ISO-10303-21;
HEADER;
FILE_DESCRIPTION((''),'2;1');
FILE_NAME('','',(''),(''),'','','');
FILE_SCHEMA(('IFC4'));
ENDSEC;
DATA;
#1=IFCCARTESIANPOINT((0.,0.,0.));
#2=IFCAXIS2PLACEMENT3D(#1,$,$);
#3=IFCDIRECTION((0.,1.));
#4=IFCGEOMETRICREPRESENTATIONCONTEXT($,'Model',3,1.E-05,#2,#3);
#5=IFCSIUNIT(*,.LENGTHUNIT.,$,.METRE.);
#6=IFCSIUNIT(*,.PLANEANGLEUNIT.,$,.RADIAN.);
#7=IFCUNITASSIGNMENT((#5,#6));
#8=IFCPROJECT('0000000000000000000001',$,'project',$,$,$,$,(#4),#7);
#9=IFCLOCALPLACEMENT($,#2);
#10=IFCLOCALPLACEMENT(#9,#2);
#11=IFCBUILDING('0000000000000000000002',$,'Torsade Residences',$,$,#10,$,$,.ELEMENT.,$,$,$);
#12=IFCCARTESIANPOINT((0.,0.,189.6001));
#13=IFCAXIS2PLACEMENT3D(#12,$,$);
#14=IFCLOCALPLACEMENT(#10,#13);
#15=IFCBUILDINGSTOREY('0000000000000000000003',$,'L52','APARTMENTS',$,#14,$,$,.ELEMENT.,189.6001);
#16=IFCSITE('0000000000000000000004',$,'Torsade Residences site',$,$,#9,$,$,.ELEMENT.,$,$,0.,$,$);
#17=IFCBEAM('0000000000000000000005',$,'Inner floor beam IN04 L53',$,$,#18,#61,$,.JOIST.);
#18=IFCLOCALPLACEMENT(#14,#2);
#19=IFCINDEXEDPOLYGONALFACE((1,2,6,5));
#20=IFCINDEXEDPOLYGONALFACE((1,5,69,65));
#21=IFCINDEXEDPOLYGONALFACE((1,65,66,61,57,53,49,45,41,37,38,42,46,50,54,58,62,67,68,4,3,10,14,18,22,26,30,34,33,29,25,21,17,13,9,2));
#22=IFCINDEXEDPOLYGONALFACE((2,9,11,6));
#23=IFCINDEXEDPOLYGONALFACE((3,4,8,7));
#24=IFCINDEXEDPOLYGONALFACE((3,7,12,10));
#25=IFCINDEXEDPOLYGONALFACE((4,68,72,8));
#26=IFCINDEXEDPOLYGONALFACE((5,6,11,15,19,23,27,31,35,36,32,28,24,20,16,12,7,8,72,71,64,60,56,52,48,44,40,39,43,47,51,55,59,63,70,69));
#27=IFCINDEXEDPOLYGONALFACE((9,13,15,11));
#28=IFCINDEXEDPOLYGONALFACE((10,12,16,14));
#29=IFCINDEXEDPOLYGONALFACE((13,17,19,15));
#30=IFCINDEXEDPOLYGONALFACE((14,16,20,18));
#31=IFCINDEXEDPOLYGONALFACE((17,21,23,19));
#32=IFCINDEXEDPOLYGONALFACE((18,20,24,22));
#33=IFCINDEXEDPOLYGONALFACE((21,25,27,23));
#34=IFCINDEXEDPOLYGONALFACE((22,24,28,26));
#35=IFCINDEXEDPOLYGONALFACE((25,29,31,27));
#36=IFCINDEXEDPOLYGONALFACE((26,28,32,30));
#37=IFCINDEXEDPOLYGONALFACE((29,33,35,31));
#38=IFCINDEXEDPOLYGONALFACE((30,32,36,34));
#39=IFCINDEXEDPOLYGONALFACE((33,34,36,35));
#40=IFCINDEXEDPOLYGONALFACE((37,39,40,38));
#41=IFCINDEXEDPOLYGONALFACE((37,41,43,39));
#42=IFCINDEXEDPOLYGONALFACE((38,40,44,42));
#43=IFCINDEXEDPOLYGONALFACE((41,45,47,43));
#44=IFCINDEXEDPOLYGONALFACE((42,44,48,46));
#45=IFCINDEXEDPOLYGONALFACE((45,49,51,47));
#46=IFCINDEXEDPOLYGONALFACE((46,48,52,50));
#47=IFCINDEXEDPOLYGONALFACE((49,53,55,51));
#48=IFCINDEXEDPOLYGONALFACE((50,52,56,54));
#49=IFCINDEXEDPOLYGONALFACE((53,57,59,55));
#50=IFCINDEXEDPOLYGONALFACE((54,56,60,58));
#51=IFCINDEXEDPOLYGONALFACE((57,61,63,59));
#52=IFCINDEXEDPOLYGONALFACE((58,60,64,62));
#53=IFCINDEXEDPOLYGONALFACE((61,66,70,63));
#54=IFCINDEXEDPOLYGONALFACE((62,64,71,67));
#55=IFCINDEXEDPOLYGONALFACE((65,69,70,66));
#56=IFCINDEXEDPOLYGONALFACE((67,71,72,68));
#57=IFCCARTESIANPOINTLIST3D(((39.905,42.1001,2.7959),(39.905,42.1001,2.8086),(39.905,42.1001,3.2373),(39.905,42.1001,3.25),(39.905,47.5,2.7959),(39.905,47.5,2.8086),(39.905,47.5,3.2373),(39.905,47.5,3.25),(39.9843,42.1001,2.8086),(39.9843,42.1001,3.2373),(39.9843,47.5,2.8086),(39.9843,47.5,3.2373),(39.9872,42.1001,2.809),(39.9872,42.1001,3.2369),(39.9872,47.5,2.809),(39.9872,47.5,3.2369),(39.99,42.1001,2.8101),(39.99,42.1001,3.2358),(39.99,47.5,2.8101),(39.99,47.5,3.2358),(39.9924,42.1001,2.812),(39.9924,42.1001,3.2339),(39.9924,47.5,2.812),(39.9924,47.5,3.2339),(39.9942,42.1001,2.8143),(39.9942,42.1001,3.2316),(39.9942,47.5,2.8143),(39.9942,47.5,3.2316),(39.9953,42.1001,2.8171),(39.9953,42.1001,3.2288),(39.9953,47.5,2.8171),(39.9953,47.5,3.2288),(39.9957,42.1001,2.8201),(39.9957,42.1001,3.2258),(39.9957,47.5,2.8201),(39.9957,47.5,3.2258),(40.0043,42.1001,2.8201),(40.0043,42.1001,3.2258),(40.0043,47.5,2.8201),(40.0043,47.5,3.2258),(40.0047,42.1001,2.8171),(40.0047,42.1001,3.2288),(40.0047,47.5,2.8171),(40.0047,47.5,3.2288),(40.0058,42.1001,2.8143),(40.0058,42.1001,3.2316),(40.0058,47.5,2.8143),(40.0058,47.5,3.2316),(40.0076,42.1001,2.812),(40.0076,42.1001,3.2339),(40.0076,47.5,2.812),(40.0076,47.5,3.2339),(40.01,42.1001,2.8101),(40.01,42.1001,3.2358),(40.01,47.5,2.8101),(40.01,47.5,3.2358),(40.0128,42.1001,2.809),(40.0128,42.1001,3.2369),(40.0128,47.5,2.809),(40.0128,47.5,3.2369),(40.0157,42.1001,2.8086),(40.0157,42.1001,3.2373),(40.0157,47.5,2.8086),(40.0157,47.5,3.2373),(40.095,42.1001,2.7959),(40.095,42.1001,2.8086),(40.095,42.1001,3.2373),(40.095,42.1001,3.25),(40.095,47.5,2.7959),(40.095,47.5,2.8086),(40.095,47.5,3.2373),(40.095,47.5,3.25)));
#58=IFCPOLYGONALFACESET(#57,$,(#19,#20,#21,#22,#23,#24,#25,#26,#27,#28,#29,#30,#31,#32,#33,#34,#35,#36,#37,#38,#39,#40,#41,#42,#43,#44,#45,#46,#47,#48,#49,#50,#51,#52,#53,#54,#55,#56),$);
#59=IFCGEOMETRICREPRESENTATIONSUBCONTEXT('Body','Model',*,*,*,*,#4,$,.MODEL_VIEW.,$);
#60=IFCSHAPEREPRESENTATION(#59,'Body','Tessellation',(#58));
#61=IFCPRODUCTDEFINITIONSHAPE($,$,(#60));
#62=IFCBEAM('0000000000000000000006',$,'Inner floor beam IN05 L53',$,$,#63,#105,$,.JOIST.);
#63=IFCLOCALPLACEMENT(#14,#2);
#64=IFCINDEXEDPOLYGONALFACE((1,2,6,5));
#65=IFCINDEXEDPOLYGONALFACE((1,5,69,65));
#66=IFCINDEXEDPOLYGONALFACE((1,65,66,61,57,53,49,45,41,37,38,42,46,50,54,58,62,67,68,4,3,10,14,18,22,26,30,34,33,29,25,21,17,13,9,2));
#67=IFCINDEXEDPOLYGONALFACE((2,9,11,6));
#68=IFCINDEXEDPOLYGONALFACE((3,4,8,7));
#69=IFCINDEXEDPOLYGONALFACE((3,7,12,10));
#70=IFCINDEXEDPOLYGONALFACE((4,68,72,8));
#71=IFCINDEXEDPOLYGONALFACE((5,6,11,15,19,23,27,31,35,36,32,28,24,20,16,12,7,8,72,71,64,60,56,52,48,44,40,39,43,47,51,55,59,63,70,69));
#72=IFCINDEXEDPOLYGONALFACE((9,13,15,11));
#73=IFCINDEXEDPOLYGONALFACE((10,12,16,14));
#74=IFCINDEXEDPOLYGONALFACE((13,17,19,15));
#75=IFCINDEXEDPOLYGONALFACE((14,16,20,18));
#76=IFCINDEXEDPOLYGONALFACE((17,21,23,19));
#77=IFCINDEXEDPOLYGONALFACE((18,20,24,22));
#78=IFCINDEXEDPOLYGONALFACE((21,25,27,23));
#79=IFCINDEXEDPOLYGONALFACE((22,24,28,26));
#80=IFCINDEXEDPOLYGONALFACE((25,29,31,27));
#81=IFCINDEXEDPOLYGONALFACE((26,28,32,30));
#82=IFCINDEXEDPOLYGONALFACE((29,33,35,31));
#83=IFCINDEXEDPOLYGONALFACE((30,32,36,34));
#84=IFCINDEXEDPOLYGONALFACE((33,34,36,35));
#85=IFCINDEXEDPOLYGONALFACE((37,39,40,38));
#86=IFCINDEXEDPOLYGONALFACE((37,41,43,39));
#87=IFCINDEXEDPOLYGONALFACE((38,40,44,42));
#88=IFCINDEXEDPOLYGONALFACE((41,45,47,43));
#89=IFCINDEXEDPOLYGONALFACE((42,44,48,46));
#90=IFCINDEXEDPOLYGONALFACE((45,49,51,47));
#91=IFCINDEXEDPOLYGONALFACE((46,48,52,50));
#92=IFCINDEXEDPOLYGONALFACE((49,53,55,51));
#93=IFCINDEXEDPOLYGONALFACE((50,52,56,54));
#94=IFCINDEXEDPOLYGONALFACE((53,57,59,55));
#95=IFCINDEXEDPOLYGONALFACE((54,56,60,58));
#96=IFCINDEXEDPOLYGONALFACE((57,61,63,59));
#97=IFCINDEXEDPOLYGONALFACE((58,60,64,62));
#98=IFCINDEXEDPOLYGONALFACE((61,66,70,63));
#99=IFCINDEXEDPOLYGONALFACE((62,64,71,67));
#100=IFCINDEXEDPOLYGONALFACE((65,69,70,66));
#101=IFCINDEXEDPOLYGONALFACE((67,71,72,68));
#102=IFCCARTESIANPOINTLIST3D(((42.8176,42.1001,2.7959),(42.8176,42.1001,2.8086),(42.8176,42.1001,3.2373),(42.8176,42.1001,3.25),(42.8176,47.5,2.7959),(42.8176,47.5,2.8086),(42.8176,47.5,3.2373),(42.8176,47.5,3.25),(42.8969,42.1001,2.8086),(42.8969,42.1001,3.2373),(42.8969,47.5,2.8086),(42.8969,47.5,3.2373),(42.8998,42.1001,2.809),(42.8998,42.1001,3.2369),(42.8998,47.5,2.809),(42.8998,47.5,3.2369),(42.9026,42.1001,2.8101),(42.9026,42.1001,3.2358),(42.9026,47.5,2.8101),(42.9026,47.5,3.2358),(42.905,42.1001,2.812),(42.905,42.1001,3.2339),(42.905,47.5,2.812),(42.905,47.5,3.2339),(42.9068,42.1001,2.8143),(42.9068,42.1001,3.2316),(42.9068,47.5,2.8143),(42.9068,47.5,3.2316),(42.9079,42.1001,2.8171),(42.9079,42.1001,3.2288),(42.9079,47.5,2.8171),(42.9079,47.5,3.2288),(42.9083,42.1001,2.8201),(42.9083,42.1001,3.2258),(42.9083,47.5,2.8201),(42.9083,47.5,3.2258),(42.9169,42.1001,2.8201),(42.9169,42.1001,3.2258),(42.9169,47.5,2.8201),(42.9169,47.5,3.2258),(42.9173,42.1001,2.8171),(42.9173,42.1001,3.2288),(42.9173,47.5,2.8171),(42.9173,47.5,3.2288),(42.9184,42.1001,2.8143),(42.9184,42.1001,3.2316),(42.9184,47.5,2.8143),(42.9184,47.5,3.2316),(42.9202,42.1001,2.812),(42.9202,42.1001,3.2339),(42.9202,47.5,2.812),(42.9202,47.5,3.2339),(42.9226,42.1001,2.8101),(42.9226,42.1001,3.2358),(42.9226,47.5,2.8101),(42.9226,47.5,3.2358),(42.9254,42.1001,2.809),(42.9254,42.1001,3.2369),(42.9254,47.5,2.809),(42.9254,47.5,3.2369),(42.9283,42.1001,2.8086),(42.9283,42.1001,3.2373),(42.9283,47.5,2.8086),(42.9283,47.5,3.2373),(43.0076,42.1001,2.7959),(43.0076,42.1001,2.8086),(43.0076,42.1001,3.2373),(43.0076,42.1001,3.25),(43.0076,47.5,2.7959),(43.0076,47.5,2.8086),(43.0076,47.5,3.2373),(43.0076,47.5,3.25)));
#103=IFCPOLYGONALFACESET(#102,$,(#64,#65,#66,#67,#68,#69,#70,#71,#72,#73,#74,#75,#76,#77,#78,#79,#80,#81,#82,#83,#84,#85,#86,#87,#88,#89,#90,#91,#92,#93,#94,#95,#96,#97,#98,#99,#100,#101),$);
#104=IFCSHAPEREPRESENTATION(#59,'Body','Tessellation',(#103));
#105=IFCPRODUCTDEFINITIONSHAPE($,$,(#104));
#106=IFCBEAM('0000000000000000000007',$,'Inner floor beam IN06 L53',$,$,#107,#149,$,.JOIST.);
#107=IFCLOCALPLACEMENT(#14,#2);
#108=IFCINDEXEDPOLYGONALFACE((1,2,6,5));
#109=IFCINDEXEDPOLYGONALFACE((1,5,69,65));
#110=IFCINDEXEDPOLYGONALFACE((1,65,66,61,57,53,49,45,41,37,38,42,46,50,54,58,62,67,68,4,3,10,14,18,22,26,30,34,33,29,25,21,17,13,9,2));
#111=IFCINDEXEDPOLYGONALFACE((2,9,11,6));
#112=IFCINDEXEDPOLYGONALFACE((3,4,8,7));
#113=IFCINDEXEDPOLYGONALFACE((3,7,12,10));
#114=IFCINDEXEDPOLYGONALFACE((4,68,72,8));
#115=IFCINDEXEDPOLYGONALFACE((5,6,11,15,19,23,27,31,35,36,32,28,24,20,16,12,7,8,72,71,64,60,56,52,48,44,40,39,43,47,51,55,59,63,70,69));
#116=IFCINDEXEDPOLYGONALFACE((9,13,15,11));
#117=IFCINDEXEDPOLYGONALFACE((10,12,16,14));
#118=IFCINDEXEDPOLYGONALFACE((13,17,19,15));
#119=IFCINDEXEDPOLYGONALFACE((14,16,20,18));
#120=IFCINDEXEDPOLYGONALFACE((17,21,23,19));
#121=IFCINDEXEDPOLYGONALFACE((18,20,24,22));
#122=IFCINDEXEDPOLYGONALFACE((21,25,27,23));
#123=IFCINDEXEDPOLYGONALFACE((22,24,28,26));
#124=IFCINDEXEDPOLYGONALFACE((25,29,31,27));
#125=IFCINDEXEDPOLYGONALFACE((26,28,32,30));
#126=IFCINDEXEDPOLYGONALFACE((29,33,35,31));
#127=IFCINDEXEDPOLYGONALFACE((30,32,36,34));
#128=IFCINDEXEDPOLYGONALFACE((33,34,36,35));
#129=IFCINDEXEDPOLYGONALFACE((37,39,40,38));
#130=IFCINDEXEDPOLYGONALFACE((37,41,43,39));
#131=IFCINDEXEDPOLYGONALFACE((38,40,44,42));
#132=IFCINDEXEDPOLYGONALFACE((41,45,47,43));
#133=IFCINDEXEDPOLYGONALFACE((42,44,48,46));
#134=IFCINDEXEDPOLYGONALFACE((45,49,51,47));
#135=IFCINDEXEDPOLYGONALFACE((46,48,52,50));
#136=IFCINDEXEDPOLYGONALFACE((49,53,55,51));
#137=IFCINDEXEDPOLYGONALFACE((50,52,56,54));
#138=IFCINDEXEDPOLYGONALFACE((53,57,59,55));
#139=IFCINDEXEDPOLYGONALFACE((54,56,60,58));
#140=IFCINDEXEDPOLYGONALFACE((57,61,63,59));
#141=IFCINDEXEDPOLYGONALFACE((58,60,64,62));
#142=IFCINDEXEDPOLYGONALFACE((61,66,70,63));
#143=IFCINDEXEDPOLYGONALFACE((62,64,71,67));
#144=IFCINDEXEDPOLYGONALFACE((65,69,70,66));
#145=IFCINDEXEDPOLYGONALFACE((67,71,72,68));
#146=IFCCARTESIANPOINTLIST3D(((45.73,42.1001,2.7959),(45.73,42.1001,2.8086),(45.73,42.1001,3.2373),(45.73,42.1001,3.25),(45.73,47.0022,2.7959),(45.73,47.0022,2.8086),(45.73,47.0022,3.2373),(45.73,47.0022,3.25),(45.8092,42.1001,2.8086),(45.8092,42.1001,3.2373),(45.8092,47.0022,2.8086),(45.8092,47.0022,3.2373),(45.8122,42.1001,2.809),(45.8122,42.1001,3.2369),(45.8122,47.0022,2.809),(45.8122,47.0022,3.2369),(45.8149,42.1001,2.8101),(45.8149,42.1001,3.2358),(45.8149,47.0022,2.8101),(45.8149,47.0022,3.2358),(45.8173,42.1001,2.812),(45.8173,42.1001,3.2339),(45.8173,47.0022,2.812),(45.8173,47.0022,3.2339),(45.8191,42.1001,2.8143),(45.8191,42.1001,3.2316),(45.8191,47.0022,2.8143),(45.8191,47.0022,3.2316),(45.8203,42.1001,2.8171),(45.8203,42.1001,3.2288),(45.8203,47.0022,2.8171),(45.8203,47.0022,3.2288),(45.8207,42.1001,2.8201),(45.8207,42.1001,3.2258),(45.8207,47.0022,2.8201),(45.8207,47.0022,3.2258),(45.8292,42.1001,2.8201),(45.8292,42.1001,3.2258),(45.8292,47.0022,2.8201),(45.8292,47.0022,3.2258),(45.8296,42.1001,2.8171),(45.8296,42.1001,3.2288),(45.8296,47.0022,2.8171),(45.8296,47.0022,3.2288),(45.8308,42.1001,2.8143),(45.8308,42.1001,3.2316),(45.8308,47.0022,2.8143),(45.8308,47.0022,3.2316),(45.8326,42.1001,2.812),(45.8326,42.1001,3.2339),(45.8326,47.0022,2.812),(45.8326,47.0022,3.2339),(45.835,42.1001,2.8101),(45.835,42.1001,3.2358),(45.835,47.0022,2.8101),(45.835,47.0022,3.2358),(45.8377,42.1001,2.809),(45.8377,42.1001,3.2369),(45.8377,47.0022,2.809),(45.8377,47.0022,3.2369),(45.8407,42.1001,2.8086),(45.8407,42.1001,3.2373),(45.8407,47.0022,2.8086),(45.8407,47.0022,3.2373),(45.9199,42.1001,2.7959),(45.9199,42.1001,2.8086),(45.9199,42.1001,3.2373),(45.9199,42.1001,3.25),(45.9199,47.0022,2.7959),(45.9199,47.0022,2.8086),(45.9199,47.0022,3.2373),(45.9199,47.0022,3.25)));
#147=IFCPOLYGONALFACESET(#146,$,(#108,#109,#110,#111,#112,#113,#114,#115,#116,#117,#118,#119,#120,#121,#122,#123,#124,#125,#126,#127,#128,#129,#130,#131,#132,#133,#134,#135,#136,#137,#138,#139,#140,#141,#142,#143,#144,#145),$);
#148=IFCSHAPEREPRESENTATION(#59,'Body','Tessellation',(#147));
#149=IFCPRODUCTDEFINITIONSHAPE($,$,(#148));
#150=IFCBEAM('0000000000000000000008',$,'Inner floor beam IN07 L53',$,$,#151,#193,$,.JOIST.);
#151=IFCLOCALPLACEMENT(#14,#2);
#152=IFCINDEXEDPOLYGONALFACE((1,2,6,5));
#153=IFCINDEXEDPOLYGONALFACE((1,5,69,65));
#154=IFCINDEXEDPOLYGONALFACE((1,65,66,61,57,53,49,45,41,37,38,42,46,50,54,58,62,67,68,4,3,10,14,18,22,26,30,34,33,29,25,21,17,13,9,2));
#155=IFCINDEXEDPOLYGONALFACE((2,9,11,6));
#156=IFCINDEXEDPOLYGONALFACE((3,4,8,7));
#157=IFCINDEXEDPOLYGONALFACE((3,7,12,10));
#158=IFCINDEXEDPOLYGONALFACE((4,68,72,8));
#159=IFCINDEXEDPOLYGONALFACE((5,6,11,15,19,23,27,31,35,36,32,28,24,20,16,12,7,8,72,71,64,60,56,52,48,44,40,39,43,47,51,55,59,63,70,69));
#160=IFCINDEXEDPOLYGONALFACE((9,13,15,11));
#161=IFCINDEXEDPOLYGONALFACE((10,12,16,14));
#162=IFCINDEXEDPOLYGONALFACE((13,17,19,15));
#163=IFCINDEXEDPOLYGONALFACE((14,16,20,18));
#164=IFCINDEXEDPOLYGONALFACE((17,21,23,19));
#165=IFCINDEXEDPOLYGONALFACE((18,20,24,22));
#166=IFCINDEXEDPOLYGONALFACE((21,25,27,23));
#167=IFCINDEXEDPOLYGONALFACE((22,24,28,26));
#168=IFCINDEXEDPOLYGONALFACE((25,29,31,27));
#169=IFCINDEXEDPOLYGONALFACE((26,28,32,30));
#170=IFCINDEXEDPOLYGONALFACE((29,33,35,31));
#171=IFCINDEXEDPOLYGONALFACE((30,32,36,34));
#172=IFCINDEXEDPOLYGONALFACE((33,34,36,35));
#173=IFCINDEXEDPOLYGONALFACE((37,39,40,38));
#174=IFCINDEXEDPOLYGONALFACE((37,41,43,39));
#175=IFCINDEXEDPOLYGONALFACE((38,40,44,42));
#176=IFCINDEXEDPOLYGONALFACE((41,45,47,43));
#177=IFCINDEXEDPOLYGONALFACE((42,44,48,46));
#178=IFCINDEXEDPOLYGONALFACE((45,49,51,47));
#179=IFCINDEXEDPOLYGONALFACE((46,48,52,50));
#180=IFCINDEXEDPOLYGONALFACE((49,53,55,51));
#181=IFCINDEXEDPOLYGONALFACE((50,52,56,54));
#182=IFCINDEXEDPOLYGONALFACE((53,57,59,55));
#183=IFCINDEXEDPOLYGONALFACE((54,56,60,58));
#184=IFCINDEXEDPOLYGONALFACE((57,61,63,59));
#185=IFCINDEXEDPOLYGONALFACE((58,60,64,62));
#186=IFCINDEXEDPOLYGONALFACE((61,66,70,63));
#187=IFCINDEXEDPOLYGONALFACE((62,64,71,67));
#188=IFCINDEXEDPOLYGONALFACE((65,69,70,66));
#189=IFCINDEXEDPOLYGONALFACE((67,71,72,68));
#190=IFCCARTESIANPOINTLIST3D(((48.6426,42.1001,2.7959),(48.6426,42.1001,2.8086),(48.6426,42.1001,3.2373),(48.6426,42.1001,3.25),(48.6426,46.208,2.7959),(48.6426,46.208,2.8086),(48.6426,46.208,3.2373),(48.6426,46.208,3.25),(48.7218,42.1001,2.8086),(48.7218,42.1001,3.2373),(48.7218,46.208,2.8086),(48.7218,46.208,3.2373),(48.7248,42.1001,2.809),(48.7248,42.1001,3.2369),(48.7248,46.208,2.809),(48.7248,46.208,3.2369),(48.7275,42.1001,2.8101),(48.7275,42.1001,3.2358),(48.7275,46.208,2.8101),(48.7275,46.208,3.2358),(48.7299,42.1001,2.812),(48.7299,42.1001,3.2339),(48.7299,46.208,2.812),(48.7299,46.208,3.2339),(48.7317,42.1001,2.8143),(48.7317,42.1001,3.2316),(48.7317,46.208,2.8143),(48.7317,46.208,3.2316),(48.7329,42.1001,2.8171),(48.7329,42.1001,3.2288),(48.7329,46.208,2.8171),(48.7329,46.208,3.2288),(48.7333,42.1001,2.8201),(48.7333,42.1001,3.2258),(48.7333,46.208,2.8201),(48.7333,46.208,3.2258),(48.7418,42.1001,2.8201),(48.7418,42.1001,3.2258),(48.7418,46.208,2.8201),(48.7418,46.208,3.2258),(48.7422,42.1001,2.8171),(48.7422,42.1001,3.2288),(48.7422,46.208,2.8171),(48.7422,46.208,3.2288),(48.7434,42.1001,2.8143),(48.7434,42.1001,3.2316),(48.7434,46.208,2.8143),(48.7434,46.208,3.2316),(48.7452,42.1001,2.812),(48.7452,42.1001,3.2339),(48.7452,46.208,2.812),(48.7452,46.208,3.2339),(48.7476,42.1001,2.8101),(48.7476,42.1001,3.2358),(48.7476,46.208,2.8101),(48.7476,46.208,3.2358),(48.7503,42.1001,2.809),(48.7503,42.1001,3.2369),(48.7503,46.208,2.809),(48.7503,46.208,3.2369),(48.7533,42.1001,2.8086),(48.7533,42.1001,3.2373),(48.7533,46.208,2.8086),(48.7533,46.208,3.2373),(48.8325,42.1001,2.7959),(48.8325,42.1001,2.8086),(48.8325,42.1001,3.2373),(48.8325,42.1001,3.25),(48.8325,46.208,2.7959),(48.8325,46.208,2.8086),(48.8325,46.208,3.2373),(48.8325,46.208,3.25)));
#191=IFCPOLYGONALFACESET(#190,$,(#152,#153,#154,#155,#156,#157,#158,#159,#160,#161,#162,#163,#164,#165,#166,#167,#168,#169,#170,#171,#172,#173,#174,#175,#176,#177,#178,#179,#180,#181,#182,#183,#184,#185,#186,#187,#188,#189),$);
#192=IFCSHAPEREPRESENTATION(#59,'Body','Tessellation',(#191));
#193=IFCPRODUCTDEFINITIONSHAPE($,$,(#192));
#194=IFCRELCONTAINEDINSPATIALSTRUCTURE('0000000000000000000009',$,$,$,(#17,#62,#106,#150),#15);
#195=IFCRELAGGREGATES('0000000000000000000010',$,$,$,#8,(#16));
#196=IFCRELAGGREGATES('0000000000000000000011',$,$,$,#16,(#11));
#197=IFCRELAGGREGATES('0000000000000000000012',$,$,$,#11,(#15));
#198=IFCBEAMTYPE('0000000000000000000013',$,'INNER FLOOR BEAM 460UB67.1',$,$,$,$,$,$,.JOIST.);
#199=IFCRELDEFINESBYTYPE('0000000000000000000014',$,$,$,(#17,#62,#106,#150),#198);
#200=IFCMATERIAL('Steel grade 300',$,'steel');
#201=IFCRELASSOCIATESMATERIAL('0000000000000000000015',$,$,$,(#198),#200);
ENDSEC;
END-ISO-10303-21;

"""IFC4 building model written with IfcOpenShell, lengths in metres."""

from ifc_helpers import new_model, si_unit, direction, frame, origin, origin_2d, place, context, subcontext, project, spatial, i_section, extrude, material, material_profile, profile_set, type_object, element, save


model = new_model("IFC4")

# Units and contexts
model_context = context("Model", 3, precision=1e-05, world=origin(), true_north=direction((0.0, 1.0)))
body_context = subcontext(model_context, "Body", "Model", "MODEL_VIEW")
ifc_project = project(units=[si_unit("LENGTHUNIT", "METRE"), si_unit("PLANEANGLEUNIT", "RADIAN")], contexts=[model_context])

# Site, building, storey
site_placement = place(None, origin())
site = spatial("IfcSite", under=ifc_project, at=site_placement, Name="Torsade Residences site", CompositionType="ELEMENT", RefElevation=0.0)
building_placement = place(site_placement, origin())
building = spatial("IfcBuilding", under=site, at=building_placement, Name="Torsade Residences", CompositionType="ELEMENT")
storey_placement = place(building_placement, frame((0.0, 0.0, 189.6001)))
storey = spatial("IfcBuildingStorey", under=building, at=storey_placement, Name="L52", Description="APARTMENTS", CompositionType="ELEMENT", Elevation=189.6001)

# Beams
ifc_material_1 = material(Name="Steel grade 300", Category="steel")
ifc_material_profile = material_profile(ifc_material_1, i_section(OverallWidth=0.1899, OverallDepth=0.4541, WebThickness=0.0085, FlangeThickness=0.0127, FilletRadius=0.0115, at=origin_2d()), Name="460UB67.1")
ifc_profile_set = profile_set([ifc_material_profile], Name="Steel grade 300")
beam_type = type_object("IfcBeamType", Name="INNER FLOOR BEAM 460UB67.1", PredefinedType="JOIST", material=ifc_profile_set)
for number, where, z_axis, x_axis, name in (
    (1, (40.0, 42.1001, 3.0229), (0.0, 1.0, 0.0), (-1.0, 0.0, 0.0), "Inner floor beam IN04 L53"),
    (2, (42.9126, 42.1001, 3.0229), (0.0, 1.0, 0.0), (-1.0, 0.0, 0.0), "Inner floor beam IN05 L53"),
):
    element("IfcBeam", number, at=place(storey_placement, frame(where, z_axis=z_axis, x_axis=x_axis)), inside=storey, type_object=beam_type, Name=name, PredefinedType="JOIST", context=body_context, shape_type="SweptSolid", body=[
        extrude(i_section(OverallWidth=0.1899, OverallDepth=0.4541, WebThickness=0.0085, FlangeThickness=0.0127, FilletRadius=0.0115, at=origin_2d()), origin(), (0.0, 0.0, 1.0), 5.3999),
    ])
beam_1_placement = place(storey_placement, frame((45.825, 42.1001, 3.0229), z_axis=(0.0, 1.0, 0.0), x_axis=(-1.0, 0.0, 0.0)))
element("IfcBeam", 3, at=beam_1_placement, inside=storey, type_object=beam_type, Name="Inner floor beam IN06 L53", PredefinedType="JOIST", context=body_context, shape_type="SweptSolid", body=[
    extrude(i_section(OverallWidth=0.1899, OverallDepth=0.4541, WebThickness=0.0085, FlangeThickness=0.0127, FilletRadius=0.0115, at=origin_2d()), origin(), (0.0, 0.0, 1.0), 4.9021),
])
beam_2_placement = place(storey_placement, frame((48.7375, 42.1001, 3.0229), z_axis=(0.0, 1.0, 0.0), x_axis=(-1.0, 0.0, 0.0)))
element("IfcBeam", 4, at=beam_2_placement, inside=storey, type_object=beam_type, Name="Inner floor beam IN07 L53", PredefinedType="JOIST", context=body_context, shape_type="SweptSolid", body=[
    extrude(i_section(OverallWidth=0.1899, OverallDepth=0.4541, WebThickness=0.0085, FlangeThickness=0.0127, FilletRadius=0.0115, at=origin_2d()), origin(), (0.0, 0.0, 1.0), 4.1079),
])

save(model, "model.ifc")
